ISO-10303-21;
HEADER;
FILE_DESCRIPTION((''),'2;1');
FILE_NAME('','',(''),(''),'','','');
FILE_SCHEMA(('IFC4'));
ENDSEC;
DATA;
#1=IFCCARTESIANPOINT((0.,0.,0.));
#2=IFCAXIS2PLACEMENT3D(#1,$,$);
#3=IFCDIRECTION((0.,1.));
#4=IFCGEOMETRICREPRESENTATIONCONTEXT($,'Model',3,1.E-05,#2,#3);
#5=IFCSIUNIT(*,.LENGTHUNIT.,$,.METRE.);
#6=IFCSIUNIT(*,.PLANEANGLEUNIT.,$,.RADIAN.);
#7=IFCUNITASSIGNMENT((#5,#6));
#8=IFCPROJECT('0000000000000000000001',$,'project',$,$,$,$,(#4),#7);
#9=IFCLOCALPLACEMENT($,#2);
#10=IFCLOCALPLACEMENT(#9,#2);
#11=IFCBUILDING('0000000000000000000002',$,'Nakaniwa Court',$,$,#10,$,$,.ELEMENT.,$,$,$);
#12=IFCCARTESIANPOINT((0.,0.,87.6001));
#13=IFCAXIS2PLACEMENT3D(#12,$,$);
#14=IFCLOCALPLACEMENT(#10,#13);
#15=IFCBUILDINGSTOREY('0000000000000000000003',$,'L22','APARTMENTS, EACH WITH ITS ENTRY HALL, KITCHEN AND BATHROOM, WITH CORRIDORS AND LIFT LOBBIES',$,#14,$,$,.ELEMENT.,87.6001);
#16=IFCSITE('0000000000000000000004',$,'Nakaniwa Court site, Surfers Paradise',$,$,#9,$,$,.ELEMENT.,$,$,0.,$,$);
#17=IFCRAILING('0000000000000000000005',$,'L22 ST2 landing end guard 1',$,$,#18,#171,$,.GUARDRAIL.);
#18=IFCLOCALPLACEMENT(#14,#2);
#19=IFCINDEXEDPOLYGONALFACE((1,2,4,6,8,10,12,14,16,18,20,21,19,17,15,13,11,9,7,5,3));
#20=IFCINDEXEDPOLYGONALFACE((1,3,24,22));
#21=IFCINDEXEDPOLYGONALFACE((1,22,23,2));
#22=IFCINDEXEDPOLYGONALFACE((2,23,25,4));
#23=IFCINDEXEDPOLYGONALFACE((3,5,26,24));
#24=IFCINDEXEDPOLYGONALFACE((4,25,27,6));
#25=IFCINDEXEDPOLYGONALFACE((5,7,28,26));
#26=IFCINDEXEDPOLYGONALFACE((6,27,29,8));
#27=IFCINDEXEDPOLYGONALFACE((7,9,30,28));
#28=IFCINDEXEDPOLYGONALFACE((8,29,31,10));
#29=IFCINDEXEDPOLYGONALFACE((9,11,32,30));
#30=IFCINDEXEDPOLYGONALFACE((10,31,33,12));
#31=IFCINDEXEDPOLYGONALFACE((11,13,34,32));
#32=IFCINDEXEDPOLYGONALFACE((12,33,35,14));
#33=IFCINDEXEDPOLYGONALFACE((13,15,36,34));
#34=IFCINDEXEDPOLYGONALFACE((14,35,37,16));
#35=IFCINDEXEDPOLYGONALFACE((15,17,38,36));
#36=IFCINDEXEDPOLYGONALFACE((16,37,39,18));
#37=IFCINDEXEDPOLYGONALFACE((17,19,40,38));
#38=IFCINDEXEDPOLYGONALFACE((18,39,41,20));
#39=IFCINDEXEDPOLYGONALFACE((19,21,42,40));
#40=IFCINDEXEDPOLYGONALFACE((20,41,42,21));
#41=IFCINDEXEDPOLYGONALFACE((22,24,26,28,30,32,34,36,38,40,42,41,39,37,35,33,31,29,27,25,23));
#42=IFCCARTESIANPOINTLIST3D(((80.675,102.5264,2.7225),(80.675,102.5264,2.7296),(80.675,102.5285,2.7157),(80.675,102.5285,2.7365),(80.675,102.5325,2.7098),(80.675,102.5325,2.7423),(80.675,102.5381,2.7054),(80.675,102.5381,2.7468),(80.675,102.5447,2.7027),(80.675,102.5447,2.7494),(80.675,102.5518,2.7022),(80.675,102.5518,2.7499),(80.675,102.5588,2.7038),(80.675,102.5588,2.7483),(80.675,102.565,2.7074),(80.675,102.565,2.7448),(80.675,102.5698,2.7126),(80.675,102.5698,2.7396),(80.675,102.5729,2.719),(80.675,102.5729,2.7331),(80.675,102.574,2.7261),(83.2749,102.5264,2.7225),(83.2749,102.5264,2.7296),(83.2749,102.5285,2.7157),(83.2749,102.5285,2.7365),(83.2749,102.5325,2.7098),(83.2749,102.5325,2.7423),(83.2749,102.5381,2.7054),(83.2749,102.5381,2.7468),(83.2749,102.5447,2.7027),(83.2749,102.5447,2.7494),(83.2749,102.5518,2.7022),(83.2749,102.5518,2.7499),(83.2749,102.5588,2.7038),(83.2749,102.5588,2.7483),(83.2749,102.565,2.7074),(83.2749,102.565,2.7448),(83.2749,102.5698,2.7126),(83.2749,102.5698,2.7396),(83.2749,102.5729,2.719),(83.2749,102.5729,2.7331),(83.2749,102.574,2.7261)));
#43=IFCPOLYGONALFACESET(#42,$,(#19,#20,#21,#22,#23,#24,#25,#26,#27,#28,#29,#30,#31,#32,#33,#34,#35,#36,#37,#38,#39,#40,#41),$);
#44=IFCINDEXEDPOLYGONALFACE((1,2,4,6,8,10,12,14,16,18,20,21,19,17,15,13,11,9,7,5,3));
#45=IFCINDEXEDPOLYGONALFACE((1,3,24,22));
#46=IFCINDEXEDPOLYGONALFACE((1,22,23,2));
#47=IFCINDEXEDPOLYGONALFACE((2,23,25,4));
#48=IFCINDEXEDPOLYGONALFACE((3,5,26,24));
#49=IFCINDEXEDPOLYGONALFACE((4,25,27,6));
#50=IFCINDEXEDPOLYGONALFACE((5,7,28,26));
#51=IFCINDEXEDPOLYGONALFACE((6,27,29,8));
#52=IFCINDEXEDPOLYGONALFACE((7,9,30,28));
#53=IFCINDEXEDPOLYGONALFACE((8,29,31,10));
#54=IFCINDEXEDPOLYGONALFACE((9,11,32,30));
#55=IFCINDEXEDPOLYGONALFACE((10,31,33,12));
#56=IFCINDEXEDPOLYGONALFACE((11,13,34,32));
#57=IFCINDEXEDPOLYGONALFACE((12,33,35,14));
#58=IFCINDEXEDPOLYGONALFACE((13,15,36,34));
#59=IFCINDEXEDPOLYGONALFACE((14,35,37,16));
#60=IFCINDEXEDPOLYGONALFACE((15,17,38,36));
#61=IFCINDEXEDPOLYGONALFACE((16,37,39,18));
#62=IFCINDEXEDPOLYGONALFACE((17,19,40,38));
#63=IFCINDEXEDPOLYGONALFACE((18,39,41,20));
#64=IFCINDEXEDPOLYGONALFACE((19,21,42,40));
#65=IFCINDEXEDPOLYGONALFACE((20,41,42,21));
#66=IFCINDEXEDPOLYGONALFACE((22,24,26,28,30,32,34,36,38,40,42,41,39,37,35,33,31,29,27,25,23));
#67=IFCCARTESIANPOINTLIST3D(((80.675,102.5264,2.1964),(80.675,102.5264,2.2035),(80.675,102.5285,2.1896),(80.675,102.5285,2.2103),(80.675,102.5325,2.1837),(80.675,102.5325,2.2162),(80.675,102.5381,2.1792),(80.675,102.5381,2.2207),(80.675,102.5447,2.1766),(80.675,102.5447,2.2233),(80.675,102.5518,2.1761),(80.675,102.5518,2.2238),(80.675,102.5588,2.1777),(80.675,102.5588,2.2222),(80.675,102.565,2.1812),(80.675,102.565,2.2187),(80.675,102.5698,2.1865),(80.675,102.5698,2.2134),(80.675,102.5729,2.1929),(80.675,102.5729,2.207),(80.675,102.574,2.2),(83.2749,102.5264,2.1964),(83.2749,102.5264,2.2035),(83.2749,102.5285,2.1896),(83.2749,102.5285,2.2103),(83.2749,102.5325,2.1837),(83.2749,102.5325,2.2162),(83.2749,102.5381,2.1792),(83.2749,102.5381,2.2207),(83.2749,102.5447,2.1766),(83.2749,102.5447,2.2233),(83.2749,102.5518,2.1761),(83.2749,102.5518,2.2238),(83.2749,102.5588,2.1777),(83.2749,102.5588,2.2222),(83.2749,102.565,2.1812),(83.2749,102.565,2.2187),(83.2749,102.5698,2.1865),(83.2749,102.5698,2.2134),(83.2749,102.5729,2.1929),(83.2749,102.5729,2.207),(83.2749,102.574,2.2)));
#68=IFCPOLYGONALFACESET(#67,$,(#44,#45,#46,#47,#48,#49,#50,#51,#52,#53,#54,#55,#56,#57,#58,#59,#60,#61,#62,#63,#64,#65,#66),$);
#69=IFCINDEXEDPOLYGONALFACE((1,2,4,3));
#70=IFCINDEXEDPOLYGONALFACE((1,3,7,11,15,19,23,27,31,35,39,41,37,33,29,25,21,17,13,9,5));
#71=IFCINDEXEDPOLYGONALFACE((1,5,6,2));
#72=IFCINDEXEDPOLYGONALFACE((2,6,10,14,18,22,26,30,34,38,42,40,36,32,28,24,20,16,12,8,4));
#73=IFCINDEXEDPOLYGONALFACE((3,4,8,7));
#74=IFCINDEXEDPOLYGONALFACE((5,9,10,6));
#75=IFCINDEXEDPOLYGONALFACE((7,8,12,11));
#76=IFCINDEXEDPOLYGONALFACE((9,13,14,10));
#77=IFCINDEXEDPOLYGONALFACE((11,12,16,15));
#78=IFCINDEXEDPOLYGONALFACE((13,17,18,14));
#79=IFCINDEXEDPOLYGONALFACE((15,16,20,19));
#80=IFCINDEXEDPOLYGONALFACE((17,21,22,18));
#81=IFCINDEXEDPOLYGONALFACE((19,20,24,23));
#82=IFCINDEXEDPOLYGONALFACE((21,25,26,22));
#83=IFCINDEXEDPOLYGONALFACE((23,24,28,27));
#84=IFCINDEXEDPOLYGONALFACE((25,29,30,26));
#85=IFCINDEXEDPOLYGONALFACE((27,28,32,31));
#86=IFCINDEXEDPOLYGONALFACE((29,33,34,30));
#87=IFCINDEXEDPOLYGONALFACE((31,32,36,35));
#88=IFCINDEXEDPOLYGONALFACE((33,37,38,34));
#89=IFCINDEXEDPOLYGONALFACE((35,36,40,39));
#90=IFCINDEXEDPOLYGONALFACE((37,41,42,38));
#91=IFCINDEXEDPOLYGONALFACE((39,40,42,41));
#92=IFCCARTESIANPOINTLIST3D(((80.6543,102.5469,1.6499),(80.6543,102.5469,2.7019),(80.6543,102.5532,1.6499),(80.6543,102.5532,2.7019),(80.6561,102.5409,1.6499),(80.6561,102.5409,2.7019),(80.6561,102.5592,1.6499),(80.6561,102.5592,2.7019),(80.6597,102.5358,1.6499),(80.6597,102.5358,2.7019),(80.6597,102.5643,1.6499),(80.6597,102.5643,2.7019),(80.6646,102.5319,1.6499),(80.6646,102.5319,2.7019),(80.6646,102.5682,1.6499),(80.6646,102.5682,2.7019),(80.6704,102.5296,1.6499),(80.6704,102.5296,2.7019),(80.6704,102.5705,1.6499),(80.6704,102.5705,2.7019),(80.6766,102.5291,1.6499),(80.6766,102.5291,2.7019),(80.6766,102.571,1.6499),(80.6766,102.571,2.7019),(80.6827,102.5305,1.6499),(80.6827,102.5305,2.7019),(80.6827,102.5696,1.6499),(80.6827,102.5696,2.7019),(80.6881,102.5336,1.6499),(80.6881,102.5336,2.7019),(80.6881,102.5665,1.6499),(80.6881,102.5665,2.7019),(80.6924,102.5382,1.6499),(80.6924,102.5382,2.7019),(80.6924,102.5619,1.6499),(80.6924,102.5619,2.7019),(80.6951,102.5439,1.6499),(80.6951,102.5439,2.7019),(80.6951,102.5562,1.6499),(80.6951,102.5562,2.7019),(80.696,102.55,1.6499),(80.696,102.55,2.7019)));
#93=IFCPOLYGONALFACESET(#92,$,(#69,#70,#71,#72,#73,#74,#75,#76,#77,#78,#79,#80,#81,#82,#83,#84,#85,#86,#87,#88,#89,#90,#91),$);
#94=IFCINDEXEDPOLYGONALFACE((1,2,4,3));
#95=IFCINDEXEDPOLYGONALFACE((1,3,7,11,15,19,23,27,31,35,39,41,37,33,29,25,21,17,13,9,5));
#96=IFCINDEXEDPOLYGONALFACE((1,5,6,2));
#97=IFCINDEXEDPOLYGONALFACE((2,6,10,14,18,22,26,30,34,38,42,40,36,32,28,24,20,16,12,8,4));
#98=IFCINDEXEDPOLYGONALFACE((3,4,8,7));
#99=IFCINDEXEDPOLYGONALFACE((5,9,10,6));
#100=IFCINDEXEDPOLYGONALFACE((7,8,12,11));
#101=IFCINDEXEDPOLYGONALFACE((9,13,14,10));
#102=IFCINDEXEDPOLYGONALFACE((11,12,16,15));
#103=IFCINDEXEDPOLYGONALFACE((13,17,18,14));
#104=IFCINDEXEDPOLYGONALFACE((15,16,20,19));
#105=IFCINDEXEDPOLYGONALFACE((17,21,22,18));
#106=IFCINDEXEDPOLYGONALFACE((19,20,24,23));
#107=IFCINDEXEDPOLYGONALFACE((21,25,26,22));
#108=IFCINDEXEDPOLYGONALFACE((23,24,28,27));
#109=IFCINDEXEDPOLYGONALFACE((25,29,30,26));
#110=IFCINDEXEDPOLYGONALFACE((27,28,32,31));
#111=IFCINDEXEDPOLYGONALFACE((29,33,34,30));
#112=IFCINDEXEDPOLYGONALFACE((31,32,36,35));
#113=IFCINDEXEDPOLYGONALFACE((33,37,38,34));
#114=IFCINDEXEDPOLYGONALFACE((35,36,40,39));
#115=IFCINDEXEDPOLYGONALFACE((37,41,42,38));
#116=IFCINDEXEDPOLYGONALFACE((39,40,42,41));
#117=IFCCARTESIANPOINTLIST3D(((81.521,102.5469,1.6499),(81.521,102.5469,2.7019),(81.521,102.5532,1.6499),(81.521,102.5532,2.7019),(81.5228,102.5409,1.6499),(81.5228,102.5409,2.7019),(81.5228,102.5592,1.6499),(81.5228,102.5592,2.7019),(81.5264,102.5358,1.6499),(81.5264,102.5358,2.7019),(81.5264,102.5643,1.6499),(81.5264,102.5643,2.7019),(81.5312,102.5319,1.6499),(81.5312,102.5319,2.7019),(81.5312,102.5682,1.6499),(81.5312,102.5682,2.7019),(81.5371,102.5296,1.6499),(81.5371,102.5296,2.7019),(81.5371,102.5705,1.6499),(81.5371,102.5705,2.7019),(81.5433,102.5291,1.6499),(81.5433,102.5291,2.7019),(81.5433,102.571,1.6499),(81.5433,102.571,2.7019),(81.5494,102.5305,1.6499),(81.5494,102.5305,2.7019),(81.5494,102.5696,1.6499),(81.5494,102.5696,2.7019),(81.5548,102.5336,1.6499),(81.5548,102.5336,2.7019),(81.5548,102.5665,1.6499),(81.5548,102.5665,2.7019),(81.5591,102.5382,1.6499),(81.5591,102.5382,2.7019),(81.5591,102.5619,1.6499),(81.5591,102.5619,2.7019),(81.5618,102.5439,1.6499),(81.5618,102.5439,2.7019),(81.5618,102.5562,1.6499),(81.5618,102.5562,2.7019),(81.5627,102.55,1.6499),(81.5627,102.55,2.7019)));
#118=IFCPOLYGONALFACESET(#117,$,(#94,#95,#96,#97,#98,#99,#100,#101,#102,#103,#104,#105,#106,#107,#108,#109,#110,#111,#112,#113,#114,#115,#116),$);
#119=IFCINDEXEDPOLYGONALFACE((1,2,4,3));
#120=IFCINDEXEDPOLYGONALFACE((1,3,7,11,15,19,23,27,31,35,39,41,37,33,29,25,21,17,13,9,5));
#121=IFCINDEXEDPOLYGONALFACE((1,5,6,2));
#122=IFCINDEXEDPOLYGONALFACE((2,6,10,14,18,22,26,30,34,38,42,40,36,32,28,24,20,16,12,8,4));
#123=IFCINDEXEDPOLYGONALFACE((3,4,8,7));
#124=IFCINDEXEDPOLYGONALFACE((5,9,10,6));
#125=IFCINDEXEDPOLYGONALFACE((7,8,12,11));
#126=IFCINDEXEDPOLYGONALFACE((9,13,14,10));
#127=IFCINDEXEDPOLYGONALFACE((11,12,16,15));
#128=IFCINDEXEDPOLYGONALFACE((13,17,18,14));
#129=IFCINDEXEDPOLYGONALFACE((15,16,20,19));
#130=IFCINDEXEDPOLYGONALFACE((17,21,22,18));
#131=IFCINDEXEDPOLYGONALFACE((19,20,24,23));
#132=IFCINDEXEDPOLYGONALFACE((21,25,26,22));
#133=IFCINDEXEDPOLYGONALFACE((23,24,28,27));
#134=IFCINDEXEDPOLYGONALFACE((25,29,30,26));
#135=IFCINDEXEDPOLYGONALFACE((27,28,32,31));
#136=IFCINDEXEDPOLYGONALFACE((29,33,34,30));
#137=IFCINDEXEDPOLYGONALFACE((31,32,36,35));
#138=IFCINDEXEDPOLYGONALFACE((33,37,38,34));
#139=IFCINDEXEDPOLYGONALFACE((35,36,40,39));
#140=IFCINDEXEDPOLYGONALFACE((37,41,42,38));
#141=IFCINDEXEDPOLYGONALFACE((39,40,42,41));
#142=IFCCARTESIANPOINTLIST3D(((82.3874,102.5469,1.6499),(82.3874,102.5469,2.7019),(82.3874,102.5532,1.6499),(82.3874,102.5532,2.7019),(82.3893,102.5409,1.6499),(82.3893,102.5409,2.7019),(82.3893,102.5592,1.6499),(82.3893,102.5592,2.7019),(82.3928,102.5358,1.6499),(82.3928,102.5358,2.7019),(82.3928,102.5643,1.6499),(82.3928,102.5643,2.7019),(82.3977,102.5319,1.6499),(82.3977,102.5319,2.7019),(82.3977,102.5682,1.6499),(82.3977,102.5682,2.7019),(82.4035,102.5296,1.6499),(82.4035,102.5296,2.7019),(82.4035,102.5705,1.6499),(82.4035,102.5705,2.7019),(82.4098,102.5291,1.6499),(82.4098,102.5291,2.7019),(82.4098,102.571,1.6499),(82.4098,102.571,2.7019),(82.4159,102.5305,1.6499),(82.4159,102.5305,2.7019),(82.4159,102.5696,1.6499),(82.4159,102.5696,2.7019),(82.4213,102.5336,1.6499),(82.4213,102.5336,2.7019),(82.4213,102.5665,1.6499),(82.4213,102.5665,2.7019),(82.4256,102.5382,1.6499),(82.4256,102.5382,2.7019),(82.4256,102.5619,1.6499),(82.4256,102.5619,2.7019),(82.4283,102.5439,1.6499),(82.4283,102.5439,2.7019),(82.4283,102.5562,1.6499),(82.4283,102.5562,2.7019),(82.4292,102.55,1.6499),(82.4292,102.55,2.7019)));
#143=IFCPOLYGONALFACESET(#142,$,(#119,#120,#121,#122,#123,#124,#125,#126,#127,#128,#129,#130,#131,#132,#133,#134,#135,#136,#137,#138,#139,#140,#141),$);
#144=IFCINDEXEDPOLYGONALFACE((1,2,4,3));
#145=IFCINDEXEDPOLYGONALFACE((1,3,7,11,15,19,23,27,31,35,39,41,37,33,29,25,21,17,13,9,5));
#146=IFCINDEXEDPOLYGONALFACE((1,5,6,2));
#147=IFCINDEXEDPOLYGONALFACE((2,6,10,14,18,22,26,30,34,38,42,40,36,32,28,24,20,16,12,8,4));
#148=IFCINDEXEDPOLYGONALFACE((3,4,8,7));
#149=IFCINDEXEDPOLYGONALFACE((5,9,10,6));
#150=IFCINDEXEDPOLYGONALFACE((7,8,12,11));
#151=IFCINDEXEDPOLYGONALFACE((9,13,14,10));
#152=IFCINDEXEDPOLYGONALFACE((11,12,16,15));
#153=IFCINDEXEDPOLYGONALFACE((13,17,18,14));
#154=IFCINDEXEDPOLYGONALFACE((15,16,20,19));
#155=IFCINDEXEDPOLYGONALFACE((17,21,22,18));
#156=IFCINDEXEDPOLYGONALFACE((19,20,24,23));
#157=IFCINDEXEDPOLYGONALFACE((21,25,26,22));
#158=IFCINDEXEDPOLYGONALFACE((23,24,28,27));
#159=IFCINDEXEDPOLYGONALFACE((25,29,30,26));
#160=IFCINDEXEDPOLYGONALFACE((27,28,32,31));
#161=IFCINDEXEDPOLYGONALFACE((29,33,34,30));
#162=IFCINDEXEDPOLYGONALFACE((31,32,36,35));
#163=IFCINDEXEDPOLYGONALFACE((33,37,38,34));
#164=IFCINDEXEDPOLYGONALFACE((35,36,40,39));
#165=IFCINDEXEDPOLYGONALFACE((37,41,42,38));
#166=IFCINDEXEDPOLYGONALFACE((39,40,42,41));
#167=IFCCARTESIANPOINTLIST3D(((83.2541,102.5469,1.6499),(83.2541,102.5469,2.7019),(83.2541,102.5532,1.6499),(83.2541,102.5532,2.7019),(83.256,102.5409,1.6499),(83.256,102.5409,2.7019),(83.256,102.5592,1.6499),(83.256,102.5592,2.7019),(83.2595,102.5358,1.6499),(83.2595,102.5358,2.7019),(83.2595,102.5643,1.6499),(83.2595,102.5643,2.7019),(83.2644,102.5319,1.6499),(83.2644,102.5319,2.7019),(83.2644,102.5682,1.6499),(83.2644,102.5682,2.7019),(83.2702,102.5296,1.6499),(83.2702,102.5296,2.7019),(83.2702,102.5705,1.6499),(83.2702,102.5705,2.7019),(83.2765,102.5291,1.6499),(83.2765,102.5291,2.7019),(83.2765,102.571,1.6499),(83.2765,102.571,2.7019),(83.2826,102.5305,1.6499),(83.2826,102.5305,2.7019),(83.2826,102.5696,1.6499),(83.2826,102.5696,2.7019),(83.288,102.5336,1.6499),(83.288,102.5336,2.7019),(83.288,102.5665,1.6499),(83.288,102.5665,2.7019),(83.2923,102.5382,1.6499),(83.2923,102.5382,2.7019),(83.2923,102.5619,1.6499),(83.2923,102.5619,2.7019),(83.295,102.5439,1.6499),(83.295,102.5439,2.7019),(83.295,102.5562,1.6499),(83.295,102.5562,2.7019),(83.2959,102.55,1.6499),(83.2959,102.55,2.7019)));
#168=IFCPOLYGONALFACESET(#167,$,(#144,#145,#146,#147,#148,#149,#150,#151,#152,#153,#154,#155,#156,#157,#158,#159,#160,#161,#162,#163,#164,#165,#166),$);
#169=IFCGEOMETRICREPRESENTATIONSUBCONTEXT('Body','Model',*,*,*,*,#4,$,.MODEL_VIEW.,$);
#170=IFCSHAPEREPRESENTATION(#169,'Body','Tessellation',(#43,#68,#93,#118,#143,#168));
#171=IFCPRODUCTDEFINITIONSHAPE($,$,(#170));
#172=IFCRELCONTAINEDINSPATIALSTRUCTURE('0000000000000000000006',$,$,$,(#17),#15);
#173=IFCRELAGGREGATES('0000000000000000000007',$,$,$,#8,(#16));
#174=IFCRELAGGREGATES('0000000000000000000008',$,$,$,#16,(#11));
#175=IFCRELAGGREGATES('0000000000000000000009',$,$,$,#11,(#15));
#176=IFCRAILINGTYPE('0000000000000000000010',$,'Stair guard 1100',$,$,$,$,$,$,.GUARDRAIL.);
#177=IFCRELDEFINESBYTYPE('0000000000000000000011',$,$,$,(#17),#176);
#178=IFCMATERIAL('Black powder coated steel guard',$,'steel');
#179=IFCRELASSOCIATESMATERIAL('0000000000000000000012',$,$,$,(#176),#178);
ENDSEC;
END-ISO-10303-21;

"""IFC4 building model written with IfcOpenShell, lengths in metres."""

from ifc_helpers import new_model, si_unit, direction, frame, origin, origin_2d, place, context, subcontext, project, spatial, circle, extrude, material, type_object, element, save


model = new_model("IFC4")

# Units and contexts
model_context = context("Model", 3, precision=1e-05, world=origin(), true_north=direction((0.0, 1.0)))
body_context = subcontext(model_context, "Body", "Model", "MODEL_VIEW")
ifc_project = project(units=[si_unit("LENGTHUNIT", "METRE"), si_unit("PLANEANGLEUNIT", "RADIAN")], contexts=[model_context])

# Site, building, storey
site_placement = place(None, origin())
site = spatial("IfcSite", under=ifc_project, at=site_placement, Name="Nakaniwa Court site, Surfers Paradise", CompositionType="ELEMENT", RefElevation=0.0)
building_placement = place(site_placement, origin())
building = spatial("IfcBuilding", under=site, at=building_placement, Name="Nakaniwa Court", CompositionType="ELEMENT")
storey_placement = place(building_placement, frame((0.0, 0.0, 87.6001)))
storey = spatial("IfcBuildingStorey", under=building, at=storey_placement, Name="L22", Description="APARTMENTS, EACH WITH ITS ENTRY HALL, KITCHEN AND BATHROOM, WITH CORRIDORS AND LIFT LOBBIES", CompositionType="ELEMENT", Elevation=87.6001)

# Railing
ifc_material_1 = material(Name="Black powder coated steel guard", Category="steel")
railing_type_1 = type_object("IfcRailingType", Name="Stair guard 1100", PredefinedType="GUARDRAIL", material=ifc_material_1)
railing_1_placement = place(storey_placement, frame((80.675, 102.55, 1.6499)))
element("IfcRailing", 1, at=railing_1_placement, inside=storey, type_object=railing_type_1, Name="L22 ST2 landing end guard 1", PredefinedType="GUARDRAIL", context=body_context, shape_type="SweptSolid", body=[
    extrude(circle(Radius=0.0239, at=origin_2d()), frame((0.0, 0.0, 1.0762), z_axis=(1.0, 0.0, 0.0), x_axis=(0.0, 1.0, 0.0)), (0.0, 0.0, 1.0), 2.5999),
    extrude(circle(Radius=0.0239, at=origin_2d()), frame((0.0, 0.0, 0.55), z_axis=(1.0, 0.0, 0.0), x_axis=(0.0, 1.0, 0.0)), (0.0, 0.0, 1.0), 2.5999),
    extrude(circle(Radius=0.021, at=origin_2d()), origin(), (0.0, 0.0, 1.0), 1.052),
    extrude(circle(Radius=0.021, at=origin_2d()), frame((0.8667, 0.0, 0.0)), (0.0, 0.0, 1.0), 1.052),
    extrude(circle(Radius=0.021, at=origin_2d()), frame((1.7332, 0.0, 0.0)), (0.0, 0.0, 1.0), 1.052),
    extrude(circle(Radius=0.021, at=origin_2d()), frame((2.5999, 0.0, 0.0)), (0.0, 0.0, 1.0), 1.052),
])

save(model, "model.ifc")
